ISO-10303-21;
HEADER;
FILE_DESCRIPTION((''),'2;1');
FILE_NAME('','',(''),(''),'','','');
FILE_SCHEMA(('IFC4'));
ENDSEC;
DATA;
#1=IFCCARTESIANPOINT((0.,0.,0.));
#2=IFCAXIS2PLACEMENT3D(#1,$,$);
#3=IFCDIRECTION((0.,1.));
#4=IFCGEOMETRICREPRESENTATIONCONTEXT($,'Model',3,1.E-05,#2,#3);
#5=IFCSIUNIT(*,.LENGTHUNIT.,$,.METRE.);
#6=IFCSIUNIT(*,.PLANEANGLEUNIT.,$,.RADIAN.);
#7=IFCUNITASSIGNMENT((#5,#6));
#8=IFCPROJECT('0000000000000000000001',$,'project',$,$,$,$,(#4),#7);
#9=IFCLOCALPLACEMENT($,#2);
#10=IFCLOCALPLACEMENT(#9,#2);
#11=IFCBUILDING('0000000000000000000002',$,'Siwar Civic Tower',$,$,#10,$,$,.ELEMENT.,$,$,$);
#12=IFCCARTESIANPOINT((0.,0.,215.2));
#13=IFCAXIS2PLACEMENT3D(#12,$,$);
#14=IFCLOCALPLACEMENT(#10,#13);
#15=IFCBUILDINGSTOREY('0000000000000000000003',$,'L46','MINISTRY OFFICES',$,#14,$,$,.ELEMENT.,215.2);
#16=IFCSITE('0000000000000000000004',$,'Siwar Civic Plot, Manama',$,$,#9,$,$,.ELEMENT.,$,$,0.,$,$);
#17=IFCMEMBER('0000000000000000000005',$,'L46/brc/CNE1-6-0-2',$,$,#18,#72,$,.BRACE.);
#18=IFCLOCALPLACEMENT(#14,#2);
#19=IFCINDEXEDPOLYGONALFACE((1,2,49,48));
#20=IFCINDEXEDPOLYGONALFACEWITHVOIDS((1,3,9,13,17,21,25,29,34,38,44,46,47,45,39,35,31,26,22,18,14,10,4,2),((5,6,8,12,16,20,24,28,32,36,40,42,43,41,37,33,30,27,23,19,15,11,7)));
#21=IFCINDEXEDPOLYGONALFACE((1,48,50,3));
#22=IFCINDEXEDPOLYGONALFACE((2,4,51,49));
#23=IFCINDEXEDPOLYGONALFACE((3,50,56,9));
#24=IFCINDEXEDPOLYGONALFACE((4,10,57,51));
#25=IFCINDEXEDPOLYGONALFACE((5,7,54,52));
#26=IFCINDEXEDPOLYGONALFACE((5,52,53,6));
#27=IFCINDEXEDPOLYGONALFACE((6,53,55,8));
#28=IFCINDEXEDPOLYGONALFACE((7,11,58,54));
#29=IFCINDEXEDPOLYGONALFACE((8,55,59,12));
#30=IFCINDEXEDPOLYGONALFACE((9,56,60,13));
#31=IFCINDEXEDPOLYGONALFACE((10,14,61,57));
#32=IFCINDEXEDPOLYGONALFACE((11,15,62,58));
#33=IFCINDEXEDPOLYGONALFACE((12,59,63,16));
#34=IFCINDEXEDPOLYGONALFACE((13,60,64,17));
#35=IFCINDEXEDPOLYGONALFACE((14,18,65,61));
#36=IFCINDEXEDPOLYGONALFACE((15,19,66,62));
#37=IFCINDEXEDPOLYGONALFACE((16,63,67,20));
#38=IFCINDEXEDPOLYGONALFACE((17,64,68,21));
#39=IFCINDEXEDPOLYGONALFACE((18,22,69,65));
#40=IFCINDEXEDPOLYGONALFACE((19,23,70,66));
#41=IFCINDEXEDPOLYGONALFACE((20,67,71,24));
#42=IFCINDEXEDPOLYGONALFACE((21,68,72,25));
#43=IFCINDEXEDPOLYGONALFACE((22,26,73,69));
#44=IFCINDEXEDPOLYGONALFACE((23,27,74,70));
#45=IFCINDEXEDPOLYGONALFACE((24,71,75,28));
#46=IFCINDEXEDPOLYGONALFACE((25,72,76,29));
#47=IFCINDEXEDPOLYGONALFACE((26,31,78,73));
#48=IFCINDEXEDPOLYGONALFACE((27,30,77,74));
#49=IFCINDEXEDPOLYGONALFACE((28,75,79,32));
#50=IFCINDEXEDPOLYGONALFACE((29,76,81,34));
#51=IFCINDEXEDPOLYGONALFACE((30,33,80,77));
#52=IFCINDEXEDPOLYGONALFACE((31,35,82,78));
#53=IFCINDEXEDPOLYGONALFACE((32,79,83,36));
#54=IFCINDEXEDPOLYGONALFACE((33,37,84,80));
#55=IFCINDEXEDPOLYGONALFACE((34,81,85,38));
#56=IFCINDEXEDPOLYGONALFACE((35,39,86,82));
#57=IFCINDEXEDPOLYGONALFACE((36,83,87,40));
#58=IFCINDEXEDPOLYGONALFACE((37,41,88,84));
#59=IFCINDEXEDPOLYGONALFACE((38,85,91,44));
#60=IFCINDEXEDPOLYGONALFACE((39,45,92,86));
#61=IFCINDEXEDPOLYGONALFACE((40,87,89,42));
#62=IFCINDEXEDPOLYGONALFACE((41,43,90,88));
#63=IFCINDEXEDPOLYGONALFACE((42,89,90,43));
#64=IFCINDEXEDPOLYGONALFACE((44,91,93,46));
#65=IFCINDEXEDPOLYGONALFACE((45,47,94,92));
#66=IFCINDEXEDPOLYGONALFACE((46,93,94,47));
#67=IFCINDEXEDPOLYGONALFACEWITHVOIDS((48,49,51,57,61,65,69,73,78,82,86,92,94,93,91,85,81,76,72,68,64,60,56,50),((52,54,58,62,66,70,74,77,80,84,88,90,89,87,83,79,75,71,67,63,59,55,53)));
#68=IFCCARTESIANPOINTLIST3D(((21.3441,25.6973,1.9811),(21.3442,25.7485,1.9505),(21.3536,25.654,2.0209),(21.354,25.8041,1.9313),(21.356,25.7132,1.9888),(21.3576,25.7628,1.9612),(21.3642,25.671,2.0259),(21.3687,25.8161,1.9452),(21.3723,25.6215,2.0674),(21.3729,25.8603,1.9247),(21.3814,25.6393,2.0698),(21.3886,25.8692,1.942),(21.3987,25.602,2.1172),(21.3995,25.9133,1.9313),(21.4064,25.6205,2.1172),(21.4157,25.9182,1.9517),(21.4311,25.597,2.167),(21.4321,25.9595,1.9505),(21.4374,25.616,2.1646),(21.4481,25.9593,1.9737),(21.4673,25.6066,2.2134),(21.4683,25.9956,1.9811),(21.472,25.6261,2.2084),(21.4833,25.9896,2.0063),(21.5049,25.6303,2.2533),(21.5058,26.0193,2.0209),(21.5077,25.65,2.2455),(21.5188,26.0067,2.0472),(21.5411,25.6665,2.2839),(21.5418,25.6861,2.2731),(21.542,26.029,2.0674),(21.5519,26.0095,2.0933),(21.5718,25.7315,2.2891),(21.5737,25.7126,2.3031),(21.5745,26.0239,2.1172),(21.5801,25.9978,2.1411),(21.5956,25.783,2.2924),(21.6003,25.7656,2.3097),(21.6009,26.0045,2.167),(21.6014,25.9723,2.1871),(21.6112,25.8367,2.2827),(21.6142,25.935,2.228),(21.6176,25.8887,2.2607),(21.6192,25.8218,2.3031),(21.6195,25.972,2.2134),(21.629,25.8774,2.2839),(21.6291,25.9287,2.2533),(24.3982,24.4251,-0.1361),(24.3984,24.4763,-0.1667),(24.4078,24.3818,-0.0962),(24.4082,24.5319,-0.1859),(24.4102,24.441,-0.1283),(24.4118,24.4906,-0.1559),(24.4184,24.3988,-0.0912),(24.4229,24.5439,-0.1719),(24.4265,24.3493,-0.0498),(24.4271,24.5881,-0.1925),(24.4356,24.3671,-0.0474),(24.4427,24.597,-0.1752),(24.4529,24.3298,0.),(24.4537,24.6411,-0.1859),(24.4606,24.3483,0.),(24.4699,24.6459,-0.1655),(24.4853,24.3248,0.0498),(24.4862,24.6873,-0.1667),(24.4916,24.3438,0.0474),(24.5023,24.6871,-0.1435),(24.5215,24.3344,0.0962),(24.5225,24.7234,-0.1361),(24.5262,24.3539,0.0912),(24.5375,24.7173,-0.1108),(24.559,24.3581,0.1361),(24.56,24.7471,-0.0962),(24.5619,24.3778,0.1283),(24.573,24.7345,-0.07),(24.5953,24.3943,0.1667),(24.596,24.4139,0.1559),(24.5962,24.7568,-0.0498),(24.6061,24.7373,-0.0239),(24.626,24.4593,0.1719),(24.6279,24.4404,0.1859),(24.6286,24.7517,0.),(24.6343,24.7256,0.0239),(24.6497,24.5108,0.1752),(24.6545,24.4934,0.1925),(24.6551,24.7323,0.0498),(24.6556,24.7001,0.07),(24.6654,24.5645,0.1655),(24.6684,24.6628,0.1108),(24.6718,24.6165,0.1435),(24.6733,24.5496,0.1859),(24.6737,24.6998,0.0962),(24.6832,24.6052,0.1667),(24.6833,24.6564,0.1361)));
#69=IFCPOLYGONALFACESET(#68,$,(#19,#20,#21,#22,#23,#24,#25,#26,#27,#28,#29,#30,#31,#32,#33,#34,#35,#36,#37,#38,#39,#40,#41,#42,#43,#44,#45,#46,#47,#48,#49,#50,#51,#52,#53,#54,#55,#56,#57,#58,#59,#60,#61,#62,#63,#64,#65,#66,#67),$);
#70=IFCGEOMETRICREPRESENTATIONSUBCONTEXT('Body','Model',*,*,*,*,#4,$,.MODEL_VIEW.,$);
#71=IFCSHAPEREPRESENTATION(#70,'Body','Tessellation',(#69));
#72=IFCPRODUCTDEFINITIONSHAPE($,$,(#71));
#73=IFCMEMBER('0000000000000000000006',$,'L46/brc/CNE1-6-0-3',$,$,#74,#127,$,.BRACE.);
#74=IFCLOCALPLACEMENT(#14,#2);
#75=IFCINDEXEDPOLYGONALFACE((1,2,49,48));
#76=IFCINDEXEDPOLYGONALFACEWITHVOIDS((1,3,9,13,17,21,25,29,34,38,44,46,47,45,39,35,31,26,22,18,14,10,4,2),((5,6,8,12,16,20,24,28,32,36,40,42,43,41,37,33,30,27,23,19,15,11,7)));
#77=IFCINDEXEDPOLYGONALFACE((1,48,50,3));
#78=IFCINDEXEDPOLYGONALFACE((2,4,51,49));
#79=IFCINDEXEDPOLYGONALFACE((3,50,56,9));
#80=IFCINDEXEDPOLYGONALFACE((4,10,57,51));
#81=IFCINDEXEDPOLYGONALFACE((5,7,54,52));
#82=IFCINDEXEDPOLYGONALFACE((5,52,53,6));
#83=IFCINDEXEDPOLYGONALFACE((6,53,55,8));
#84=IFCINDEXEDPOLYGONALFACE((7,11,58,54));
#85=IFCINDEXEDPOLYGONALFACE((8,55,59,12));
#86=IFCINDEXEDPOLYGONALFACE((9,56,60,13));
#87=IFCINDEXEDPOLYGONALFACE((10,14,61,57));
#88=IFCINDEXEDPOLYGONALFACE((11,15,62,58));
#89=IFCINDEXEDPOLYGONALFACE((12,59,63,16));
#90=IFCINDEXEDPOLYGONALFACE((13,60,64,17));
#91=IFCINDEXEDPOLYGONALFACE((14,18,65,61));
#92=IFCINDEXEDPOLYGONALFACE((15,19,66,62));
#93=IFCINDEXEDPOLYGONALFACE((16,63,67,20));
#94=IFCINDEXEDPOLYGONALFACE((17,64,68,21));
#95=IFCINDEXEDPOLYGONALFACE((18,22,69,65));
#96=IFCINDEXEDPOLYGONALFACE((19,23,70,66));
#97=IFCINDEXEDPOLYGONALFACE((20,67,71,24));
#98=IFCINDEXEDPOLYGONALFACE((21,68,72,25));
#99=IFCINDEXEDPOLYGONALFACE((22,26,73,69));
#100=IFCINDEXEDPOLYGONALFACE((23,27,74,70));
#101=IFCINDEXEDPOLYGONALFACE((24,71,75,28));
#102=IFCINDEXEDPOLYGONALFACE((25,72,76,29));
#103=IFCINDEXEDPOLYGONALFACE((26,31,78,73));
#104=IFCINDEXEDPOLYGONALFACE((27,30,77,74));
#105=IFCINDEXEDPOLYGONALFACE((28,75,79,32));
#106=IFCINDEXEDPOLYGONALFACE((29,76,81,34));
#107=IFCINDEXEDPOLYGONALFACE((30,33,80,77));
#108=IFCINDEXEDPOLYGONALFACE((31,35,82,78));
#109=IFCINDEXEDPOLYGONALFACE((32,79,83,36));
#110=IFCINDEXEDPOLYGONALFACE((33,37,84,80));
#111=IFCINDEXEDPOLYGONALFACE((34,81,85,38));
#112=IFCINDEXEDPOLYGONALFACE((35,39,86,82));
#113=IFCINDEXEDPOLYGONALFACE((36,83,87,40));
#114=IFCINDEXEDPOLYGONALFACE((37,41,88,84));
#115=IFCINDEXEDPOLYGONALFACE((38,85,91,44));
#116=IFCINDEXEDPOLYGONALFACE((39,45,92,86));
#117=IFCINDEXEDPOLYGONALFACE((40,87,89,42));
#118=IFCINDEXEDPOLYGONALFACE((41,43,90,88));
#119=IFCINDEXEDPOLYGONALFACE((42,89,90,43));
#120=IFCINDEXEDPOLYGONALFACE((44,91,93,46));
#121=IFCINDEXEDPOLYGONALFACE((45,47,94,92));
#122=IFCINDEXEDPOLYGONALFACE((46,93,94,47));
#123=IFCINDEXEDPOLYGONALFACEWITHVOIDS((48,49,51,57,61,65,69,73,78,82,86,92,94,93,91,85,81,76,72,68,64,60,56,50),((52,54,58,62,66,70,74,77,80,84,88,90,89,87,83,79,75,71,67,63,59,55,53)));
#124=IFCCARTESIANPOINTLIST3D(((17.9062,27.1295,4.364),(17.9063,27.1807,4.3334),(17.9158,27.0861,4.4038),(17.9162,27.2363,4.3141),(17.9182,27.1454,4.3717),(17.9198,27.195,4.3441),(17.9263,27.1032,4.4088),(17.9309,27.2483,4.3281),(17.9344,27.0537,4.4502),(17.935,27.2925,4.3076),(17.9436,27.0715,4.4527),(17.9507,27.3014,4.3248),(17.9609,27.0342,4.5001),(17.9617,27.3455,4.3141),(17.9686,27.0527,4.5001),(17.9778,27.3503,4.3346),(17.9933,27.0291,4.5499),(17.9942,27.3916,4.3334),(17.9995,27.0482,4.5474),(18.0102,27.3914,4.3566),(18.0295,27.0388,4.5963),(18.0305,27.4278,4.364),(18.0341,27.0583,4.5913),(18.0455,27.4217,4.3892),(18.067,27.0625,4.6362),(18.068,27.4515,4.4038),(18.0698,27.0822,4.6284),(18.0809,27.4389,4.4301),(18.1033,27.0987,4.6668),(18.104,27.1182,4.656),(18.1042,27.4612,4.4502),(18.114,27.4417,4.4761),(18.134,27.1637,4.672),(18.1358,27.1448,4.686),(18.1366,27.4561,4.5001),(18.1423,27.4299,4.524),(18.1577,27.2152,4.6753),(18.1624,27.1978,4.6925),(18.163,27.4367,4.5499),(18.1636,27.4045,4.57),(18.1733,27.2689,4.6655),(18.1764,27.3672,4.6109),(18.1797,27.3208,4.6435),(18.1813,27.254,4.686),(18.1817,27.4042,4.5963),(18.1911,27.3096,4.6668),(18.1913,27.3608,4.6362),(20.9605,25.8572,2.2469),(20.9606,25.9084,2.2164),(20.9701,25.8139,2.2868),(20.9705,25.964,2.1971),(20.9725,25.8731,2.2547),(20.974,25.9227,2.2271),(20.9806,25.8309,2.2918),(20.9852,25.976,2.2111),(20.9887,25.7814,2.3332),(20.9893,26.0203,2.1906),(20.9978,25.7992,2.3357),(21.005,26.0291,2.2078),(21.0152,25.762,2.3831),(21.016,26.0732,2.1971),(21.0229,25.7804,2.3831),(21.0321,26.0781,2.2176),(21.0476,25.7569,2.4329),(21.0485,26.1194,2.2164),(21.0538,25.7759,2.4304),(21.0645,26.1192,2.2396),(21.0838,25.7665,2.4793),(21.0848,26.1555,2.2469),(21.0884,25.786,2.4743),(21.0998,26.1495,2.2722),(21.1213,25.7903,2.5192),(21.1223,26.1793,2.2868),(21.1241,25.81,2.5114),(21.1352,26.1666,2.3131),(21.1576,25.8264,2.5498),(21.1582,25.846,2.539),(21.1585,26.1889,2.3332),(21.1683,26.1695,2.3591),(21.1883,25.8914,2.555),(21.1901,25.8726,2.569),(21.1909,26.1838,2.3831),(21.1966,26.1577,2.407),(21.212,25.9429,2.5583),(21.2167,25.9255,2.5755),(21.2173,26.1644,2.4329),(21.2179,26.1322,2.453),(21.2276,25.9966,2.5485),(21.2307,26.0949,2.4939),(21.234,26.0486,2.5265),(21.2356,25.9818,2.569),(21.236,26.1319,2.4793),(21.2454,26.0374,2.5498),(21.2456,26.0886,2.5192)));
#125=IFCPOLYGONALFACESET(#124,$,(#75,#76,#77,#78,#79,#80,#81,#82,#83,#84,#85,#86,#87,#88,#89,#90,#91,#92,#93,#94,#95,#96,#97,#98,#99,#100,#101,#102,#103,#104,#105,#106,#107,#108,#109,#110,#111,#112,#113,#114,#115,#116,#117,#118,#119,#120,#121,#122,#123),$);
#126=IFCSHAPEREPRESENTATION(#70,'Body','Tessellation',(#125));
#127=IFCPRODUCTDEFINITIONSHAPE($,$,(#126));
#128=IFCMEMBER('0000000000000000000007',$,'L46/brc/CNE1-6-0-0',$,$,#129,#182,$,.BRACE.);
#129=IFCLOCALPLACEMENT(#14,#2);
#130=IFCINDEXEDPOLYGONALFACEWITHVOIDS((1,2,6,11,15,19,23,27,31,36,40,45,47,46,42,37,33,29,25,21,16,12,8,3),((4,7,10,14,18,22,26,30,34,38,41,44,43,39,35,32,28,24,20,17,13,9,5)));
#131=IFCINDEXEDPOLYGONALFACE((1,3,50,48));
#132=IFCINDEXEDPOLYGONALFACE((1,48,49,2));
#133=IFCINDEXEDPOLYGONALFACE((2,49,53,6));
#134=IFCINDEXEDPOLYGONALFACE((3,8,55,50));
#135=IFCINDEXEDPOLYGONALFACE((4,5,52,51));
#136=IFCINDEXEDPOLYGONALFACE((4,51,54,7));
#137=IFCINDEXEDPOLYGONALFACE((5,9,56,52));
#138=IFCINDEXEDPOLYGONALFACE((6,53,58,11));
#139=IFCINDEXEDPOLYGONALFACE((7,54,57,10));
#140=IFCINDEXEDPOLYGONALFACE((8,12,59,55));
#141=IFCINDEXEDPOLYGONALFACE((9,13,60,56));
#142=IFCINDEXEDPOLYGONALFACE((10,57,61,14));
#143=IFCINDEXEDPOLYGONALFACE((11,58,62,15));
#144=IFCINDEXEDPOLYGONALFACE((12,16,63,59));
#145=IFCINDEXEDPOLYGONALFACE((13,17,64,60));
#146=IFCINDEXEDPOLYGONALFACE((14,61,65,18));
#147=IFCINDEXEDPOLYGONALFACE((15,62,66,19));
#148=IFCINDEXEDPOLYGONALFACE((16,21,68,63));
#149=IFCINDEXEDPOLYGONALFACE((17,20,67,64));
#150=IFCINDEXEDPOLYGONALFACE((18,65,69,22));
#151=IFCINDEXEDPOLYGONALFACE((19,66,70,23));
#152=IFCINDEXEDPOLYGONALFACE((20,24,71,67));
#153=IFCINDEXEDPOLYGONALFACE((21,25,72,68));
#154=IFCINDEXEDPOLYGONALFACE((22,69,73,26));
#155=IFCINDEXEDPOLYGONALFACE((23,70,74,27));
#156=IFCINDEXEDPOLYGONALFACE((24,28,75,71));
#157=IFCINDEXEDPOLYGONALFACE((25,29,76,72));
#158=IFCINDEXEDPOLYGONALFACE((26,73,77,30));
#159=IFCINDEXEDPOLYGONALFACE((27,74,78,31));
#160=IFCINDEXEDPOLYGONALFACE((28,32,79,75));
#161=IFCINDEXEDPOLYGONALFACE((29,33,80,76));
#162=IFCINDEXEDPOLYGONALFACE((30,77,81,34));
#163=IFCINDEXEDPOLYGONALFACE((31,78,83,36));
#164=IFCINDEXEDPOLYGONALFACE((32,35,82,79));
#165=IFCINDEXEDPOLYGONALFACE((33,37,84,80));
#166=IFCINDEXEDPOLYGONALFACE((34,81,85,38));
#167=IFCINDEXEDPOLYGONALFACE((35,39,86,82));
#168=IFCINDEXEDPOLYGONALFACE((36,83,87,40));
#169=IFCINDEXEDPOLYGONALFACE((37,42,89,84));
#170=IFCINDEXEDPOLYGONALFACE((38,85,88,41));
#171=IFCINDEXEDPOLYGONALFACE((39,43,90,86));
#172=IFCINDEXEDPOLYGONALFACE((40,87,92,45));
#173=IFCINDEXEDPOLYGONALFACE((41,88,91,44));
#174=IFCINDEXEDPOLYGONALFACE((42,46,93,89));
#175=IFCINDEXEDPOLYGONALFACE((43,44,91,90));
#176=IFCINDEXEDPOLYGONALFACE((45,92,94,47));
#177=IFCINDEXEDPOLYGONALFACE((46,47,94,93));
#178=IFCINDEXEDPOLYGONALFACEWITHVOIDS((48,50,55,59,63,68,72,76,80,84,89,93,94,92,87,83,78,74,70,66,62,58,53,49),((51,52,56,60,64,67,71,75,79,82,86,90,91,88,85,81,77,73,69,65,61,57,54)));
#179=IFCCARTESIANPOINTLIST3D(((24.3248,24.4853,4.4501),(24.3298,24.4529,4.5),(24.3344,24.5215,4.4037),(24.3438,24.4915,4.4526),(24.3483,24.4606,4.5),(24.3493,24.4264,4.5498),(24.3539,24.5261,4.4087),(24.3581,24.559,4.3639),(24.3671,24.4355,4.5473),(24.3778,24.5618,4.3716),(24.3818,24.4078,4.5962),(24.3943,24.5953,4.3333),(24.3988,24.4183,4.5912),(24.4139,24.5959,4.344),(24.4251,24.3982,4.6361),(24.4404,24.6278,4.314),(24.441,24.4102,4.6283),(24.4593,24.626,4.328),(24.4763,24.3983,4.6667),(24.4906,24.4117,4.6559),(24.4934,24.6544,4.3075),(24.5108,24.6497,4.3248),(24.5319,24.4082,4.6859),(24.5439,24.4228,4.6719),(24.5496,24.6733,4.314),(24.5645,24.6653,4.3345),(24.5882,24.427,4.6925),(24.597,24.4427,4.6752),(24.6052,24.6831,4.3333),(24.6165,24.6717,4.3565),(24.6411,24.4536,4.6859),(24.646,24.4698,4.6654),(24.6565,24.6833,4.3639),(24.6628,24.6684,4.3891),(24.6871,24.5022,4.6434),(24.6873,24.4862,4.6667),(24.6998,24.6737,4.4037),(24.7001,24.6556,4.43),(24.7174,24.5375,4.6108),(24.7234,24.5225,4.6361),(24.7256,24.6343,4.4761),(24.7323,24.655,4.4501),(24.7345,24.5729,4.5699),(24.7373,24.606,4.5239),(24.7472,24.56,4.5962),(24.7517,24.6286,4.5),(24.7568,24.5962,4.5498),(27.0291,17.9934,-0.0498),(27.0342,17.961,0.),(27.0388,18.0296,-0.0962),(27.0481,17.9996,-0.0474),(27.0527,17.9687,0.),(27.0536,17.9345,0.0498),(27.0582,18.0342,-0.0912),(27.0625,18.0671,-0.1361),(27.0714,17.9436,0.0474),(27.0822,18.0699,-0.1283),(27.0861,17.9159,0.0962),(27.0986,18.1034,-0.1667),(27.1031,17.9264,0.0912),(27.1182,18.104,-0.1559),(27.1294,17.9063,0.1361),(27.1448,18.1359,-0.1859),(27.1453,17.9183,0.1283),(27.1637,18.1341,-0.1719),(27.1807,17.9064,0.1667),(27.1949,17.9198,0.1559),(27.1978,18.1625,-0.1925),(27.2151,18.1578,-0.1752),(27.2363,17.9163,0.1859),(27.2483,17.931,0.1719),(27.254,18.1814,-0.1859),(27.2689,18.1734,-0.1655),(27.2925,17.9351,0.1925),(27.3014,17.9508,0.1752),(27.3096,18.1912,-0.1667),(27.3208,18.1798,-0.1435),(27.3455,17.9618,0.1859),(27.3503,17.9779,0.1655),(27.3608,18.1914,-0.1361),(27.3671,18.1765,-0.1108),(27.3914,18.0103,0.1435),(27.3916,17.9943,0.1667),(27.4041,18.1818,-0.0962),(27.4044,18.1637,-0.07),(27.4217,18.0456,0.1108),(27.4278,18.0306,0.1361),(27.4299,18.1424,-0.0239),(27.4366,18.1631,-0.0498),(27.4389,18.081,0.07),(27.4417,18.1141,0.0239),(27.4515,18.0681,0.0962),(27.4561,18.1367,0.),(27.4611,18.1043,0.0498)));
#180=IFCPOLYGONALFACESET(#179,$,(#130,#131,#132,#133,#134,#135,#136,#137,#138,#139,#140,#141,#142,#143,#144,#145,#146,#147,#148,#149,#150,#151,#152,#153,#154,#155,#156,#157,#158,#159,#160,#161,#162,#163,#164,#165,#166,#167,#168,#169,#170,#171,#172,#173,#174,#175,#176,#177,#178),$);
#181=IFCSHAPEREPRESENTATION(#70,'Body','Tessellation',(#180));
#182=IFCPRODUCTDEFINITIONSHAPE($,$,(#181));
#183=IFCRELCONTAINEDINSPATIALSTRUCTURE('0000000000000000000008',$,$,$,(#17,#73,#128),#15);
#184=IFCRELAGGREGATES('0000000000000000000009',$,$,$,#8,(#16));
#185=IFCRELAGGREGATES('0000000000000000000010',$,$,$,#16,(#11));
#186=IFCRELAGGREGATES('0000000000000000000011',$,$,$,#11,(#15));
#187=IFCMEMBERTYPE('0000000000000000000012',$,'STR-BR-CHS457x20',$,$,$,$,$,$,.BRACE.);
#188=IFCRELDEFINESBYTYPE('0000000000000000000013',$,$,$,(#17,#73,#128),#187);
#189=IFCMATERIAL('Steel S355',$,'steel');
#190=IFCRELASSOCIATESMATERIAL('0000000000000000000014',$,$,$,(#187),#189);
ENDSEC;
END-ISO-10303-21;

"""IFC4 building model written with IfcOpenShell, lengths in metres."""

from ifc_helpers import new_model, si_unit, direction, frame, origin, origin_2d, place, context, subcontext, project, spatial, hollow_circle, extrude, material, material_profile, profile_set, type_object, element, save


model = new_model("IFC4")

# Units and contexts
model_context = context("Model", 3, precision=1e-05, world=origin(), true_north=direction((0.0, 1.0)))
body_context = subcontext(model_context, "Body", "Model", "MODEL_VIEW")
ifc_project = project(units=[si_unit("LENGTHUNIT", "METRE"), si_unit("PLANEANGLEUNIT", "RADIAN")], contexts=[model_context])

# Site, building, storey
site_placement = place(None, origin())
site = spatial("IfcSite", under=ifc_project, at=site_placement, Name="Siwar Civic Plot, Manama", CompositionType="ELEMENT", RefElevation=0.0)
building_placement = place(site_placement, origin())
building = spatial("IfcBuilding", under=site, at=building_placement, Name="Siwar Civic Tower", CompositionType="ELEMENT")
storey_placement = place(building_placement, frame((0.0, 0.0, 215.2)))
storey = spatial("IfcBuildingStorey", under=building, at=storey_placement, Name="L46", Description="MINISTRY OFFICES", CompositionType="ELEMENT", Elevation=215.2)

# Members
ifc_material_1 = material(Name="Steel S355", Category="steel")
ifc_material_profile_1 = material_profile(ifc_material_1, hollow_circle(Radius=0.2285, WallThickness=0.02, at=origin_2d()), Name="CHS457x20")
ifc_profile_set_1 = profile_set([ifc_material_profile_1], Name="Steel S355")
member_type_1 = type_object("IfcMemberType", Name="STR-BR-CHS457x20", PredefinedType="BRACE", material=ifc_profile_set_1)
for number, where, z_axis, x_axis, name in (
    (1, (24.5408, 24.5408, 0.0), (-0.777546, 0.323884, 0.538999), (-0.384521, -0.923116, 0.0), "L46/brc/CNE1-6-0-2"),
    (2, (21.103, 25.9729, 2.3831), (-0.777572, 0.323895, 0.538955), (-0.384521, -0.923116, 0.0), "L46/brc/CNE1-6-0-3"),
):
    element("IfcMember", number, at=place(storey_placement, frame(where, z_axis=z_axis, x_axis=x_axis)), inside=storey, type_object=member_type_1, Name=name, PredefinedType="BRACE", context=body_context, shape_type="SweptSolid", body=[
        extrude(hollow_circle(Radius=0.2285, WallThickness=0.02, at=origin_2d()), origin(), (0.0, 0.0, 1.0), 3.928),
    ])
member_1_placement = place(storey_placement, frame((27.2451, 18.0488, 0.0), z_axis=(-0.323906, 0.777555, 0.538975), x_axis=(-0.923109, -0.384539, 0.0)))
element("IfcMember", 3, at=member_1_placement, inside=storey, type_object=member_type_1, Name="L46/brc/CNE1-6-0-0", PredefinedType="BRACE", context=body_context, shape_type="SweptSolid", body=[
    extrude(hollow_circle(Radius=0.2285, WallThickness=0.02, at=origin_2d()), origin(), (0.0, 0.0, 1.0), 8.3491),
])

save(model, "model.ifc")
